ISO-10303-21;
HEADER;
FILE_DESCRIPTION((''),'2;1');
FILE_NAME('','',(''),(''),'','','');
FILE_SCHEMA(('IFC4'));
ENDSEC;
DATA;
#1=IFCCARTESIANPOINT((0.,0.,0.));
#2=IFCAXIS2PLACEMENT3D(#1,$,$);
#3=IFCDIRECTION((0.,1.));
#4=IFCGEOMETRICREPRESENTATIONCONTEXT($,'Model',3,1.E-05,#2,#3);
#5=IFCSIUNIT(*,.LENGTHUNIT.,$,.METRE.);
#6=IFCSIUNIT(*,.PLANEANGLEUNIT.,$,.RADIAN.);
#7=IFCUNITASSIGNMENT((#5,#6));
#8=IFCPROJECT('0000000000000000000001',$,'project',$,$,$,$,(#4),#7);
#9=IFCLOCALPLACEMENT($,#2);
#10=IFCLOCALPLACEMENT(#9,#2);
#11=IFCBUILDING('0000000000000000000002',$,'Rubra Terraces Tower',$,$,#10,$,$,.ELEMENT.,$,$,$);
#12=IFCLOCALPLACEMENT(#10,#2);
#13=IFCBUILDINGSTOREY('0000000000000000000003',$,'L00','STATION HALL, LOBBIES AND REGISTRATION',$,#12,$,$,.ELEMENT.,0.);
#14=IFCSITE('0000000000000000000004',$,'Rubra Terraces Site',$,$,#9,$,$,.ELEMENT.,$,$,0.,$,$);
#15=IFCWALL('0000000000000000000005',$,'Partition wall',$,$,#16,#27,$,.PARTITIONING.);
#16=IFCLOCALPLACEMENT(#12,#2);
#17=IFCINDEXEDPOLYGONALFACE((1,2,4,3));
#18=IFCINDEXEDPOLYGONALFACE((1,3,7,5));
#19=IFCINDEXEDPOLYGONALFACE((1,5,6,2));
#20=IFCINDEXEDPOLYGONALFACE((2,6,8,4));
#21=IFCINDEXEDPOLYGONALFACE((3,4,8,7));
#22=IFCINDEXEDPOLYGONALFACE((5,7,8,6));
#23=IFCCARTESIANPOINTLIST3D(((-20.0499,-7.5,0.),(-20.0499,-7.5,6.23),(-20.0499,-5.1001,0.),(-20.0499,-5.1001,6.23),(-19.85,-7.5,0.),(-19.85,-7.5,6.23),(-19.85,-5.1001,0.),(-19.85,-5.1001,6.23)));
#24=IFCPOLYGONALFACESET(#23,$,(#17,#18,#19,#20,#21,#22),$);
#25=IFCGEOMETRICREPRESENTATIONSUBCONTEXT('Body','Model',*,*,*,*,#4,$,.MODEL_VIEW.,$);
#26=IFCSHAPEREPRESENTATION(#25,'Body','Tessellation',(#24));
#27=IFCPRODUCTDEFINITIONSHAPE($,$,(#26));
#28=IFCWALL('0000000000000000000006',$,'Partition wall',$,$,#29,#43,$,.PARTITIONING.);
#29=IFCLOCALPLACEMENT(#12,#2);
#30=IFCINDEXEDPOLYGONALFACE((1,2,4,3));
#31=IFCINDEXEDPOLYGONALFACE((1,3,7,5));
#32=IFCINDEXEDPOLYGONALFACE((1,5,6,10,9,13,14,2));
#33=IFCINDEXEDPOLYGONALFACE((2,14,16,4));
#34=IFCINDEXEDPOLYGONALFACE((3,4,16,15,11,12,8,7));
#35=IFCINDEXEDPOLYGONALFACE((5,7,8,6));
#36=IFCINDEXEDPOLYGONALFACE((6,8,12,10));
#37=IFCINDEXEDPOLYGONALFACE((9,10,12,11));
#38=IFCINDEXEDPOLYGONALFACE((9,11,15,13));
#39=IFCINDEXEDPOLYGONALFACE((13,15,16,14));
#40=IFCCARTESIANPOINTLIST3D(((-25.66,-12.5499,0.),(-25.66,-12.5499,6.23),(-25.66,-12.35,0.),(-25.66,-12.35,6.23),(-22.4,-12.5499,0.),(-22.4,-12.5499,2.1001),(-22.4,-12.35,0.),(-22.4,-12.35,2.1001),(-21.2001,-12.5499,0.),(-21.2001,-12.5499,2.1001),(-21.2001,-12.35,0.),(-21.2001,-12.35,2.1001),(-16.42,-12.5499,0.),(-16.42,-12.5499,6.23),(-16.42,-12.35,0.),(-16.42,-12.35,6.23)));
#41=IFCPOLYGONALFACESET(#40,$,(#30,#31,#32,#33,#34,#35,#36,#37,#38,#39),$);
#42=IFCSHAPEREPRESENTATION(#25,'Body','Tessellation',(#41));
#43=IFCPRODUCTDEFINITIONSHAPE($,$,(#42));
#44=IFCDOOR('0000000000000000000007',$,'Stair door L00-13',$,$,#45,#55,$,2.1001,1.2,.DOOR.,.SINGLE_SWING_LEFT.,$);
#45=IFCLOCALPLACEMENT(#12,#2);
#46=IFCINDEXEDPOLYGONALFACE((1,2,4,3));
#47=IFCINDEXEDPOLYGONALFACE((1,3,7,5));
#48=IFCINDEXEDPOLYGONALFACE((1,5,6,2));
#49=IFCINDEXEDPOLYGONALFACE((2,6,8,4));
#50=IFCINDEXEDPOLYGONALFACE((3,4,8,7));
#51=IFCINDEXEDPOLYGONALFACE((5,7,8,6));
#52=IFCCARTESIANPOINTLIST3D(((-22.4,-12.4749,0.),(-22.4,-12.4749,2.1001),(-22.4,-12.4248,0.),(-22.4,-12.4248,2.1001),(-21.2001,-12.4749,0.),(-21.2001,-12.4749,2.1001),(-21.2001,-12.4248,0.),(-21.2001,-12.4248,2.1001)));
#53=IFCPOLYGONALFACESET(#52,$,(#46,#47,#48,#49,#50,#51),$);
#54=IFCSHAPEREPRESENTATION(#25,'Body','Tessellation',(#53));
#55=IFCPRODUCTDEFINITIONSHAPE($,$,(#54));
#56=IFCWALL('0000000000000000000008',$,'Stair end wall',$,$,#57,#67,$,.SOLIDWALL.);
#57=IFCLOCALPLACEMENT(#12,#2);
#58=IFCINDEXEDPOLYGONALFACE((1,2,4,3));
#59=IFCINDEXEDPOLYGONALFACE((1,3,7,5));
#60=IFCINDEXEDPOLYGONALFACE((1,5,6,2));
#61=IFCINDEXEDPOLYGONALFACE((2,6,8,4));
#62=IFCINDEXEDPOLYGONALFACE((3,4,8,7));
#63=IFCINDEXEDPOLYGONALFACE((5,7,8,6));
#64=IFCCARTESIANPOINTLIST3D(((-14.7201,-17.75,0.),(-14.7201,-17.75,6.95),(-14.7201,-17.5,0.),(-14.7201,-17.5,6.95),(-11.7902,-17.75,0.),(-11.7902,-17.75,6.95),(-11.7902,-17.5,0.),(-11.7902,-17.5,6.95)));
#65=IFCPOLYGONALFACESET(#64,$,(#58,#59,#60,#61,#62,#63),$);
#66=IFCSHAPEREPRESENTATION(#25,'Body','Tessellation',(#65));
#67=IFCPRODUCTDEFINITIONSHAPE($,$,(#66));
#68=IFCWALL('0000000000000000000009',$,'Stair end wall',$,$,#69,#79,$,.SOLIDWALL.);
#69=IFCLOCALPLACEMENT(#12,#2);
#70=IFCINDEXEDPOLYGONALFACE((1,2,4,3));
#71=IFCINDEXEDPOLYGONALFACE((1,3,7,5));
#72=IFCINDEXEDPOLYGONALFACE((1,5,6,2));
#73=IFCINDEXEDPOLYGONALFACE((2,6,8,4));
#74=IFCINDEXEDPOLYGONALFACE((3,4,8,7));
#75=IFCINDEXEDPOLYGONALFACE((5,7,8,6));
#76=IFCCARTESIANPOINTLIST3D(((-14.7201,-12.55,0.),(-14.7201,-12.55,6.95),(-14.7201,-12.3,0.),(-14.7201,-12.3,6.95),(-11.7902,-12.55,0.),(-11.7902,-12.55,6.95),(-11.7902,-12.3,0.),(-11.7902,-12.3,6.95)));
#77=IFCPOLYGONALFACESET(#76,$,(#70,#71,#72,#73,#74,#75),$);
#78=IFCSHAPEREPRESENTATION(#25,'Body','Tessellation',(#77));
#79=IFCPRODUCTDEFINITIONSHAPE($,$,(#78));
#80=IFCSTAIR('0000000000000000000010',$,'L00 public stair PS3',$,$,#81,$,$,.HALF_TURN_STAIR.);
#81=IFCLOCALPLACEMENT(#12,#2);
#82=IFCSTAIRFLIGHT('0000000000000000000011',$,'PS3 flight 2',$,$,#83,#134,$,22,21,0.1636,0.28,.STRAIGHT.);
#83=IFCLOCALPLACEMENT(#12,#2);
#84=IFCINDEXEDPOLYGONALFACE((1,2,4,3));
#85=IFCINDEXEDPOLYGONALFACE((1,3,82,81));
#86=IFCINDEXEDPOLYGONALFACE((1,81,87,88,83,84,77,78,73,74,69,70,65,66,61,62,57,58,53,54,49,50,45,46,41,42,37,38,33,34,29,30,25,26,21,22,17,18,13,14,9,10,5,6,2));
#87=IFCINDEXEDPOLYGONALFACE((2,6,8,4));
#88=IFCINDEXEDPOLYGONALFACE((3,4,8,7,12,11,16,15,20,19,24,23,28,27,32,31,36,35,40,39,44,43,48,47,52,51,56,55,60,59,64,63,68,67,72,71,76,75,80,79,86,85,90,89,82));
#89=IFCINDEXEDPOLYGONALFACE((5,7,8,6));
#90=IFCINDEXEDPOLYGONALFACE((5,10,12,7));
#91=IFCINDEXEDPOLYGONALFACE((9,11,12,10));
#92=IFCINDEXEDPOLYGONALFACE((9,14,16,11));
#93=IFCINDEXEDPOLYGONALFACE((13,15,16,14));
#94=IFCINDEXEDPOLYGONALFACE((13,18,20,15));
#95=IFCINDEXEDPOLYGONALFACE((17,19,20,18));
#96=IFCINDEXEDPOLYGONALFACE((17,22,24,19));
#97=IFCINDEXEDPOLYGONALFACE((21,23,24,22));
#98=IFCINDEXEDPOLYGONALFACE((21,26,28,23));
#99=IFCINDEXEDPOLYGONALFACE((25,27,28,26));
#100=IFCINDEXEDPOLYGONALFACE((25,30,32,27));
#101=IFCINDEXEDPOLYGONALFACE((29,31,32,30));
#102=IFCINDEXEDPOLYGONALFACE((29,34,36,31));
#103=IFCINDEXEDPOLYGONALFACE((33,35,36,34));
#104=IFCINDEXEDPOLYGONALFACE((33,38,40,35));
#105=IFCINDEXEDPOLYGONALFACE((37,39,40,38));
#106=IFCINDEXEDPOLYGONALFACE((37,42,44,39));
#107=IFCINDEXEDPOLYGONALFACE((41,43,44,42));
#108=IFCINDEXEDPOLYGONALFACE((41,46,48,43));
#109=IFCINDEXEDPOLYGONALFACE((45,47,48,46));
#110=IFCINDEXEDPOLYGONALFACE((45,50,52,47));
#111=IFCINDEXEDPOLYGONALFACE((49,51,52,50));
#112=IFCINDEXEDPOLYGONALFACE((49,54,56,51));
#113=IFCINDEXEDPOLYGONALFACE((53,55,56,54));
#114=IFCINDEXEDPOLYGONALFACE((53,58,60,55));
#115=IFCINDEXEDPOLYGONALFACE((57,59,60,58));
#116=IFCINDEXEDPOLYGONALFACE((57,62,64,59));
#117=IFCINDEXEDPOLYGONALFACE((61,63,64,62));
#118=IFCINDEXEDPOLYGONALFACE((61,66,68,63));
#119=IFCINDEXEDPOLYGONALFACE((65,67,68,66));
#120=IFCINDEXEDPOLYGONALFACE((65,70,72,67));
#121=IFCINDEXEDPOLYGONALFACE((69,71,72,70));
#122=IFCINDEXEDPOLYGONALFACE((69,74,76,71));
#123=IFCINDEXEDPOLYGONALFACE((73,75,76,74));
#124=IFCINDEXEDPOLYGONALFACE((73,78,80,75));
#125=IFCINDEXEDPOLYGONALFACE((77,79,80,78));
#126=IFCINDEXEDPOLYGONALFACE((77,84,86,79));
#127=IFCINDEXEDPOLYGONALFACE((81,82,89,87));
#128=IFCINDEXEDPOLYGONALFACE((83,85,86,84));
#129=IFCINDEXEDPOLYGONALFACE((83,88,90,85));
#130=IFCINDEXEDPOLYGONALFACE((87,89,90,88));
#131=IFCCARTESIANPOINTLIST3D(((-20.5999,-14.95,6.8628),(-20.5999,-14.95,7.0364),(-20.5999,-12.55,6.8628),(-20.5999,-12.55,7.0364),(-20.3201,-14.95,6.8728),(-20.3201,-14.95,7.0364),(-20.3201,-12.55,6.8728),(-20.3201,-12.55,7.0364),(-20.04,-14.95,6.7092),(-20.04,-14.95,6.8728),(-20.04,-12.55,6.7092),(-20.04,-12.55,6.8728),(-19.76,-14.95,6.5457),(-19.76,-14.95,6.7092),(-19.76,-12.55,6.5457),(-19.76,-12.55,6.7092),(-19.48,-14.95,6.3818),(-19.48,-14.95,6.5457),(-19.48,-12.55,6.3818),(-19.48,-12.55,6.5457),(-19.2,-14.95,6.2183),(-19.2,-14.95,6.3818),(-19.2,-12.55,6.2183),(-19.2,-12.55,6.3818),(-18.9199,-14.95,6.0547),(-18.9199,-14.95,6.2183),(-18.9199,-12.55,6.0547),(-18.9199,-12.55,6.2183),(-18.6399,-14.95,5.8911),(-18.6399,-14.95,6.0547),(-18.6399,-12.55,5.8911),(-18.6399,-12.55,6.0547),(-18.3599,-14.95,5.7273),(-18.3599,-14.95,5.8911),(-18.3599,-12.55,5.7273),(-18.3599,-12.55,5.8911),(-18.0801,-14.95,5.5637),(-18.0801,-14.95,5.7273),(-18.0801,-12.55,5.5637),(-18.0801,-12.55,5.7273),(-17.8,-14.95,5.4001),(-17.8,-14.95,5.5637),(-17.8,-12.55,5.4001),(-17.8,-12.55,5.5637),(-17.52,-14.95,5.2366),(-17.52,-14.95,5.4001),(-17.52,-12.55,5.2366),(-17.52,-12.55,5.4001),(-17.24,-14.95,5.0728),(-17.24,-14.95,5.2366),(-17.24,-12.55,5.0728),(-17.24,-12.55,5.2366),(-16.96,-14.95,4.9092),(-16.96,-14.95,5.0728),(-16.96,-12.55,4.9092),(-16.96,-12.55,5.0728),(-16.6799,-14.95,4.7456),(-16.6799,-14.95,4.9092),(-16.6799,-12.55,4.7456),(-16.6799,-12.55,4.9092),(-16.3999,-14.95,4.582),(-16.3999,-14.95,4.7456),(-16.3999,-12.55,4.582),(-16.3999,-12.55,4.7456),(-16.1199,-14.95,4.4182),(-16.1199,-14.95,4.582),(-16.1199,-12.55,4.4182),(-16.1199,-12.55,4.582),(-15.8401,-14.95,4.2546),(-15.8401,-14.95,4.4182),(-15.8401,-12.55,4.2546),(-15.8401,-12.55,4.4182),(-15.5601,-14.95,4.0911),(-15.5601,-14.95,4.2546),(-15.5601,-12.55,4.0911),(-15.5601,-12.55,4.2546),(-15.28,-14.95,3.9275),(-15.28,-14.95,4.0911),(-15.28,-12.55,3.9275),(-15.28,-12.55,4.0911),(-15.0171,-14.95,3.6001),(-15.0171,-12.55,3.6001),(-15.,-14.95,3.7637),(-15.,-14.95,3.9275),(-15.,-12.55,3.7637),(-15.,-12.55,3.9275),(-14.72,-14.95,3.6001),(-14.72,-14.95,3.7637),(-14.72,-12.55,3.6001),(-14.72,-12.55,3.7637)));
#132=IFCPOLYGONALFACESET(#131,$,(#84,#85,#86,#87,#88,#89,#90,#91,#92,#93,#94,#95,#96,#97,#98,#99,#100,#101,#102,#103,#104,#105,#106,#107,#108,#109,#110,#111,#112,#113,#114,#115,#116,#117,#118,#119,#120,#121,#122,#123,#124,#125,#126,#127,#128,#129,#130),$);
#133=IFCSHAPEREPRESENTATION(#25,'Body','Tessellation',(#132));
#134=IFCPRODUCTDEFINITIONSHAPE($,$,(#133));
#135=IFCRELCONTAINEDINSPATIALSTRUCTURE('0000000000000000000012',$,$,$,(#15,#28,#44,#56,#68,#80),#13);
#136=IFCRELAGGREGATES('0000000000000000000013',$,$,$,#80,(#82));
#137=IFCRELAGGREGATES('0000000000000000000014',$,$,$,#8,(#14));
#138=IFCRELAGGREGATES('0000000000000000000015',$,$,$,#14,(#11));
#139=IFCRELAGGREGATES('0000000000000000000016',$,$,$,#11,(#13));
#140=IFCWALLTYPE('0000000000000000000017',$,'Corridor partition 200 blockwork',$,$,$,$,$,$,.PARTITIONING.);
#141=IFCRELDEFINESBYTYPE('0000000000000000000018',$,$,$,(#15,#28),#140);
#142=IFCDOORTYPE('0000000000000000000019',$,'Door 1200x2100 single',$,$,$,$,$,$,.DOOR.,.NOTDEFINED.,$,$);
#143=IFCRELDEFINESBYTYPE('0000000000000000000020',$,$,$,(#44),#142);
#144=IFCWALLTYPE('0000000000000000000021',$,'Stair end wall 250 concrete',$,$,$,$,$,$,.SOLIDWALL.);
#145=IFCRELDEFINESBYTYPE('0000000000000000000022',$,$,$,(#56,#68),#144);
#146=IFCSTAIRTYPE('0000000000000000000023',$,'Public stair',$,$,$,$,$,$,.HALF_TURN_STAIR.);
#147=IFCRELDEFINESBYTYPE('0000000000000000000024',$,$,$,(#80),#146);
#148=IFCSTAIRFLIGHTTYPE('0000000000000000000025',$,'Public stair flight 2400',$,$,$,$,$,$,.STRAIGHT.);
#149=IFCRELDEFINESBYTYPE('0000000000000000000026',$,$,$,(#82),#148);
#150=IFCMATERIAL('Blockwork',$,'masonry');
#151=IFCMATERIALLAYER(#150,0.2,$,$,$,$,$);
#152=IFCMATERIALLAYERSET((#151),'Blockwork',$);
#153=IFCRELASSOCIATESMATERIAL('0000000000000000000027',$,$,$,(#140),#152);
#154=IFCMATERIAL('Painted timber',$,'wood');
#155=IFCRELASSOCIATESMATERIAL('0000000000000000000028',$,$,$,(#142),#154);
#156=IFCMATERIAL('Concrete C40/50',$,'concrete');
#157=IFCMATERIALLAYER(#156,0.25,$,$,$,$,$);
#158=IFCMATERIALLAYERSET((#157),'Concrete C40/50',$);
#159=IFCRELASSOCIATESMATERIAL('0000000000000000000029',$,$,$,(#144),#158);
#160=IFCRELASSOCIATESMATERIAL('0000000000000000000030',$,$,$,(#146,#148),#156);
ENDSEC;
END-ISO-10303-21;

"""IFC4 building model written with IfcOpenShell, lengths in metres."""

from ifc_helpers import new_model, si_unit, direction, frame, frame_2d, origin, place, context, subcontext, project, spatial, polyline, rectangle, outline, extrude, material, layer, layer_set, type_object, element, fill, aggregate, save


model = new_model("IFC4")

# Units and contexts
model_context = context("Model", 3, precision=1e-05, world=origin(), true_north=direction((0.0, 1.0)))
body_context = subcontext(model_context, "Body", "Model", "MODEL_VIEW")
ifc_project = project(units=[si_unit("LENGTHUNIT", "METRE"), si_unit("PLANEANGLEUNIT", "RADIAN")], contexts=[model_context])

# Site, building, storey
site_placement = place(None, origin())
site = spatial("IfcSite", under=ifc_project, at=site_placement, Name="Rubra Terraces Site", CompositionType="ELEMENT", RefElevation=0.0)
building_placement = place(site_placement, origin())
building = spatial("IfcBuilding", under=site, at=building_placement, Name="Rubra Terraces Tower", CompositionType="ELEMENT")
storey_placement = place(building_placement, origin())
storey = spatial("IfcBuildingStorey", under=building, at=storey_placement, Name="L00", Description="STATION HALL, LOBBIES AND REGISTRATION", CompositionType="ELEMENT", Elevation=0.0)

# Wall
ifc_material_1 = material(Name="Blockwork", Category="masonry")
ifc_layer_1 = layer(ifc_material_1, 0.2)
ifc_layer_set_1 = layer_set([ifc_layer_1], Name="Blockwork")
wall_type_1 = type_object("IfcWallType", Name="Corridor partition 200 blockwork", PredefinedType="PARTITIONING", material=ifc_layer_set_1)
wall_1_placement = place(storey_placement, frame((-19.95, -5.1001, 0.0), z_axis=(0.0, 0.0, 1.0), x_axis=(0.0, -1.0, 0.0)))
element("IfcWall", 1, at=wall_1_placement, inside=storey, type_object=wall_type_1, Name="Partition wall", PredefinedType="PARTITIONING", context=body_context, shape_type="SweptSolid", body=[
    extrude(rectangle(XDim=2.3999, YDim=0.2, at=frame_2d((1.2, 0.0))), origin(), (0.0, 0.0, 1.0), 6.23),
])

# Wall, opening, door
wall_2_placement = place(storey_placement, frame((-16.4199, -12.45, 0.0), z_axis=(0.0, 0.0, 1.0), x_axis=(-1.0, 0.0, 0.0)))
wall_2 = element("IfcWall", 2, at=wall_2_placement, inside=storey, type_object=wall_type_1, Name="Partition wall", PredefinedType="PARTITIONING", context=body_context, shape_type="SweptSolid", body=[
    extrude(rectangle(XDim=9.24, YDim=0.2, at=frame_2d((4.6201, 0.0))), origin(), (0.0, 0.0, 1.0), 6.23),
])
opening_1_placement = place(wall_2_placement, frame((4.78, 0.0, 0.0)))
opening_1 = element("IfcOpeningElement", 3, at=opening_1_placement, cuts=wall_2, PredefinedType="OPENING", context=body_context, shape_type="SweptSolid", body=[
    extrude(rectangle(XDim=1.2, YDim=2.1001, at=frame_2d((0.6001, 1.05))), frame((0.0, 0.1099, 0.0), z_axis=(0.0, -1.0, 0.0), x_axis=(1.0, 0.0, 0.0)), (0.0, 0.0, 1.0), 0.22),
])
ifc_material_2 = material(Name="Painted timber", Category="wood")
door_type_1 = type_object("IfcDoorType", Name="Door 1200x2100 single", OperationType="NOTDEFINED", PredefinedType="DOOR", material=ifc_material_2)
door_1_placement = place(opening_1_placement, origin())
door_1 = element("IfcDoor", 4, at=door_1_placement, inside=storey, type_object=door_type_1, Name="Stair door L00-13", OperationType="SINGLE_SWING_LEFT", OverallHeight=2.1001, OverallWidth=1.2, PredefinedType="DOOR", context=body_context, shape_type="SweptSolid", body=[
    extrude(rectangle(XDim=1.2, YDim=2.1001, at=frame_2d((0.6001, 1.05))), frame((0.0, 0.0249, 0.0), z_axis=(0.0, -1.0, 0.0), x_axis=(1.0, 0.0, 0.0)), (0.0, 0.0, 1.0), 0.05),
])
fill(opening_1, door_1)

# Walls
ifc_material_3 = material(Name="Concrete C40/50", Category="concrete")
ifc_layer_2 = layer(ifc_material_3, 0.25)
ifc_layer_set_2 = layer_set([ifc_layer_2], Name="Concrete C40/50")
wall_type_2 = type_object("IfcWallType", Name="Stair end wall 250 concrete", PredefinedType="SOLIDWALL", material=ifc_layer_set_2)
for number, where, z_axis, x_axis, name in (
    (5, (-14.72, -17.625, 0.0), (0.0, 0.0, 1.0), (1.0, 0.0, 0.0), "Stair end wall"),
    (6, (-14.72, -12.425, 0.0), (0.0, 0.0, 1.0), (1.0, 0.0, 0.0), "Stair end wall"),
):
    element("IfcWall", number, at=place(storey_placement, frame(where, z_axis=z_axis, x_axis=x_axis)), inside=storey, type_object=wall_type_2, Name=name, PredefinedType="SOLIDWALL", context=body_context, shape_type="SweptSolid", body=[
        extrude(rectangle(XDim=2.9299, YDim=0.25, at=frame_2d((1.4648, 0.0))), origin(), (0.0, 0.0, 1.0), 6.95),
    ])

# Stair, stair flight
stair_type = type_object("IfcStairType", Name="Public stair", PredefinedType="HALF_TURN_STAIR", material=ifc_material_3)
stair_placement = place(storey_placement, origin())
stair = element("IfcStair", 7, at=stair_placement, inside=storey, type_object=stair_type, Name="L00 public stair PS3", PredefinedType="HALF_TURN_STAIR")
stair_flight_type = type_object("IfcStairFlightType", Name="Public stair flight 2400", PredefinedType="STRAIGHT", material=ifc_material_3)
stair_flight_placement = place(storey_placement, frame((-14.72, -13.75, 3.6001), z_axis=(0.0, 0.0, 1.0), x_axis=(-1.0, 0.0, 0.0)))
stair_flight = element("IfcStairFlight", 8, at=stair_flight_placement, type_object=stair_flight_type, Name="PS3 flight 2", NumberOfRisers=22, NumberOfTreads=21, PredefinedType="STRAIGHT", RiserHeight=0.1636, TreadLength=0.28, context=body_context, shape_type="SweptSolid", body=[
    extrude(outline(polyline([(0.0, 0.0), (0.0, 0.1636), (0.28, 0.1636), (0.28, 0.3274), (0.5601, 0.3274), (0.5601, 0.491), (0.8401, 0.491), (0.8401, 0.6545), (1.1201, 0.6545), (1.1201, 0.8181), (1.3999, 0.8181), (1.3999, 0.9819), (1.6799, 0.9819), (1.6799, 1.1455), (1.96, 1.1455), (1.96, 1.3091), (2.24, 1.3091), (2.24, 1.4727), (2.52, 1.4727), (2.52, 1.6365), (2.8, 1.6365), (2.8, 1.8), (3.0801, 1.8), (3.0801, 1.9636), (3.3601, 1.9636), (3.3601, 2.1272), (3.6399, 2.1272), (3.6399, 2.291), (3.9199, 2.291), (3.9199, 2.4546), (4.2, 2.4546), (4.2, 2.6182), (4.48, 2.6182), (4.48, 2.7817), (4.76, 2.7817), (4.76, 2.9456), (5.04, 2.9456), (5.04, 3.1091), (5.3201, 3.1091), (5.3201, 3.2727), (5.6001, 3.2727), (5.6001, 3.4363), (5.8799, 3.4363), (5.8799, 3.6001), (5.8799, 3.2627), (0.2971, 0.0), (0.0, 0.0)])), frame((0.0, 1.2, 0.0), z_axis=(0.0, -1.0, 0.0), x_axis=(1.0, 0.0, 0.0)), (0.0, 0.0, 1.0), 2.3999),
])
aggregate(stair, [stair_flight])

save(model, "model.ifc")
